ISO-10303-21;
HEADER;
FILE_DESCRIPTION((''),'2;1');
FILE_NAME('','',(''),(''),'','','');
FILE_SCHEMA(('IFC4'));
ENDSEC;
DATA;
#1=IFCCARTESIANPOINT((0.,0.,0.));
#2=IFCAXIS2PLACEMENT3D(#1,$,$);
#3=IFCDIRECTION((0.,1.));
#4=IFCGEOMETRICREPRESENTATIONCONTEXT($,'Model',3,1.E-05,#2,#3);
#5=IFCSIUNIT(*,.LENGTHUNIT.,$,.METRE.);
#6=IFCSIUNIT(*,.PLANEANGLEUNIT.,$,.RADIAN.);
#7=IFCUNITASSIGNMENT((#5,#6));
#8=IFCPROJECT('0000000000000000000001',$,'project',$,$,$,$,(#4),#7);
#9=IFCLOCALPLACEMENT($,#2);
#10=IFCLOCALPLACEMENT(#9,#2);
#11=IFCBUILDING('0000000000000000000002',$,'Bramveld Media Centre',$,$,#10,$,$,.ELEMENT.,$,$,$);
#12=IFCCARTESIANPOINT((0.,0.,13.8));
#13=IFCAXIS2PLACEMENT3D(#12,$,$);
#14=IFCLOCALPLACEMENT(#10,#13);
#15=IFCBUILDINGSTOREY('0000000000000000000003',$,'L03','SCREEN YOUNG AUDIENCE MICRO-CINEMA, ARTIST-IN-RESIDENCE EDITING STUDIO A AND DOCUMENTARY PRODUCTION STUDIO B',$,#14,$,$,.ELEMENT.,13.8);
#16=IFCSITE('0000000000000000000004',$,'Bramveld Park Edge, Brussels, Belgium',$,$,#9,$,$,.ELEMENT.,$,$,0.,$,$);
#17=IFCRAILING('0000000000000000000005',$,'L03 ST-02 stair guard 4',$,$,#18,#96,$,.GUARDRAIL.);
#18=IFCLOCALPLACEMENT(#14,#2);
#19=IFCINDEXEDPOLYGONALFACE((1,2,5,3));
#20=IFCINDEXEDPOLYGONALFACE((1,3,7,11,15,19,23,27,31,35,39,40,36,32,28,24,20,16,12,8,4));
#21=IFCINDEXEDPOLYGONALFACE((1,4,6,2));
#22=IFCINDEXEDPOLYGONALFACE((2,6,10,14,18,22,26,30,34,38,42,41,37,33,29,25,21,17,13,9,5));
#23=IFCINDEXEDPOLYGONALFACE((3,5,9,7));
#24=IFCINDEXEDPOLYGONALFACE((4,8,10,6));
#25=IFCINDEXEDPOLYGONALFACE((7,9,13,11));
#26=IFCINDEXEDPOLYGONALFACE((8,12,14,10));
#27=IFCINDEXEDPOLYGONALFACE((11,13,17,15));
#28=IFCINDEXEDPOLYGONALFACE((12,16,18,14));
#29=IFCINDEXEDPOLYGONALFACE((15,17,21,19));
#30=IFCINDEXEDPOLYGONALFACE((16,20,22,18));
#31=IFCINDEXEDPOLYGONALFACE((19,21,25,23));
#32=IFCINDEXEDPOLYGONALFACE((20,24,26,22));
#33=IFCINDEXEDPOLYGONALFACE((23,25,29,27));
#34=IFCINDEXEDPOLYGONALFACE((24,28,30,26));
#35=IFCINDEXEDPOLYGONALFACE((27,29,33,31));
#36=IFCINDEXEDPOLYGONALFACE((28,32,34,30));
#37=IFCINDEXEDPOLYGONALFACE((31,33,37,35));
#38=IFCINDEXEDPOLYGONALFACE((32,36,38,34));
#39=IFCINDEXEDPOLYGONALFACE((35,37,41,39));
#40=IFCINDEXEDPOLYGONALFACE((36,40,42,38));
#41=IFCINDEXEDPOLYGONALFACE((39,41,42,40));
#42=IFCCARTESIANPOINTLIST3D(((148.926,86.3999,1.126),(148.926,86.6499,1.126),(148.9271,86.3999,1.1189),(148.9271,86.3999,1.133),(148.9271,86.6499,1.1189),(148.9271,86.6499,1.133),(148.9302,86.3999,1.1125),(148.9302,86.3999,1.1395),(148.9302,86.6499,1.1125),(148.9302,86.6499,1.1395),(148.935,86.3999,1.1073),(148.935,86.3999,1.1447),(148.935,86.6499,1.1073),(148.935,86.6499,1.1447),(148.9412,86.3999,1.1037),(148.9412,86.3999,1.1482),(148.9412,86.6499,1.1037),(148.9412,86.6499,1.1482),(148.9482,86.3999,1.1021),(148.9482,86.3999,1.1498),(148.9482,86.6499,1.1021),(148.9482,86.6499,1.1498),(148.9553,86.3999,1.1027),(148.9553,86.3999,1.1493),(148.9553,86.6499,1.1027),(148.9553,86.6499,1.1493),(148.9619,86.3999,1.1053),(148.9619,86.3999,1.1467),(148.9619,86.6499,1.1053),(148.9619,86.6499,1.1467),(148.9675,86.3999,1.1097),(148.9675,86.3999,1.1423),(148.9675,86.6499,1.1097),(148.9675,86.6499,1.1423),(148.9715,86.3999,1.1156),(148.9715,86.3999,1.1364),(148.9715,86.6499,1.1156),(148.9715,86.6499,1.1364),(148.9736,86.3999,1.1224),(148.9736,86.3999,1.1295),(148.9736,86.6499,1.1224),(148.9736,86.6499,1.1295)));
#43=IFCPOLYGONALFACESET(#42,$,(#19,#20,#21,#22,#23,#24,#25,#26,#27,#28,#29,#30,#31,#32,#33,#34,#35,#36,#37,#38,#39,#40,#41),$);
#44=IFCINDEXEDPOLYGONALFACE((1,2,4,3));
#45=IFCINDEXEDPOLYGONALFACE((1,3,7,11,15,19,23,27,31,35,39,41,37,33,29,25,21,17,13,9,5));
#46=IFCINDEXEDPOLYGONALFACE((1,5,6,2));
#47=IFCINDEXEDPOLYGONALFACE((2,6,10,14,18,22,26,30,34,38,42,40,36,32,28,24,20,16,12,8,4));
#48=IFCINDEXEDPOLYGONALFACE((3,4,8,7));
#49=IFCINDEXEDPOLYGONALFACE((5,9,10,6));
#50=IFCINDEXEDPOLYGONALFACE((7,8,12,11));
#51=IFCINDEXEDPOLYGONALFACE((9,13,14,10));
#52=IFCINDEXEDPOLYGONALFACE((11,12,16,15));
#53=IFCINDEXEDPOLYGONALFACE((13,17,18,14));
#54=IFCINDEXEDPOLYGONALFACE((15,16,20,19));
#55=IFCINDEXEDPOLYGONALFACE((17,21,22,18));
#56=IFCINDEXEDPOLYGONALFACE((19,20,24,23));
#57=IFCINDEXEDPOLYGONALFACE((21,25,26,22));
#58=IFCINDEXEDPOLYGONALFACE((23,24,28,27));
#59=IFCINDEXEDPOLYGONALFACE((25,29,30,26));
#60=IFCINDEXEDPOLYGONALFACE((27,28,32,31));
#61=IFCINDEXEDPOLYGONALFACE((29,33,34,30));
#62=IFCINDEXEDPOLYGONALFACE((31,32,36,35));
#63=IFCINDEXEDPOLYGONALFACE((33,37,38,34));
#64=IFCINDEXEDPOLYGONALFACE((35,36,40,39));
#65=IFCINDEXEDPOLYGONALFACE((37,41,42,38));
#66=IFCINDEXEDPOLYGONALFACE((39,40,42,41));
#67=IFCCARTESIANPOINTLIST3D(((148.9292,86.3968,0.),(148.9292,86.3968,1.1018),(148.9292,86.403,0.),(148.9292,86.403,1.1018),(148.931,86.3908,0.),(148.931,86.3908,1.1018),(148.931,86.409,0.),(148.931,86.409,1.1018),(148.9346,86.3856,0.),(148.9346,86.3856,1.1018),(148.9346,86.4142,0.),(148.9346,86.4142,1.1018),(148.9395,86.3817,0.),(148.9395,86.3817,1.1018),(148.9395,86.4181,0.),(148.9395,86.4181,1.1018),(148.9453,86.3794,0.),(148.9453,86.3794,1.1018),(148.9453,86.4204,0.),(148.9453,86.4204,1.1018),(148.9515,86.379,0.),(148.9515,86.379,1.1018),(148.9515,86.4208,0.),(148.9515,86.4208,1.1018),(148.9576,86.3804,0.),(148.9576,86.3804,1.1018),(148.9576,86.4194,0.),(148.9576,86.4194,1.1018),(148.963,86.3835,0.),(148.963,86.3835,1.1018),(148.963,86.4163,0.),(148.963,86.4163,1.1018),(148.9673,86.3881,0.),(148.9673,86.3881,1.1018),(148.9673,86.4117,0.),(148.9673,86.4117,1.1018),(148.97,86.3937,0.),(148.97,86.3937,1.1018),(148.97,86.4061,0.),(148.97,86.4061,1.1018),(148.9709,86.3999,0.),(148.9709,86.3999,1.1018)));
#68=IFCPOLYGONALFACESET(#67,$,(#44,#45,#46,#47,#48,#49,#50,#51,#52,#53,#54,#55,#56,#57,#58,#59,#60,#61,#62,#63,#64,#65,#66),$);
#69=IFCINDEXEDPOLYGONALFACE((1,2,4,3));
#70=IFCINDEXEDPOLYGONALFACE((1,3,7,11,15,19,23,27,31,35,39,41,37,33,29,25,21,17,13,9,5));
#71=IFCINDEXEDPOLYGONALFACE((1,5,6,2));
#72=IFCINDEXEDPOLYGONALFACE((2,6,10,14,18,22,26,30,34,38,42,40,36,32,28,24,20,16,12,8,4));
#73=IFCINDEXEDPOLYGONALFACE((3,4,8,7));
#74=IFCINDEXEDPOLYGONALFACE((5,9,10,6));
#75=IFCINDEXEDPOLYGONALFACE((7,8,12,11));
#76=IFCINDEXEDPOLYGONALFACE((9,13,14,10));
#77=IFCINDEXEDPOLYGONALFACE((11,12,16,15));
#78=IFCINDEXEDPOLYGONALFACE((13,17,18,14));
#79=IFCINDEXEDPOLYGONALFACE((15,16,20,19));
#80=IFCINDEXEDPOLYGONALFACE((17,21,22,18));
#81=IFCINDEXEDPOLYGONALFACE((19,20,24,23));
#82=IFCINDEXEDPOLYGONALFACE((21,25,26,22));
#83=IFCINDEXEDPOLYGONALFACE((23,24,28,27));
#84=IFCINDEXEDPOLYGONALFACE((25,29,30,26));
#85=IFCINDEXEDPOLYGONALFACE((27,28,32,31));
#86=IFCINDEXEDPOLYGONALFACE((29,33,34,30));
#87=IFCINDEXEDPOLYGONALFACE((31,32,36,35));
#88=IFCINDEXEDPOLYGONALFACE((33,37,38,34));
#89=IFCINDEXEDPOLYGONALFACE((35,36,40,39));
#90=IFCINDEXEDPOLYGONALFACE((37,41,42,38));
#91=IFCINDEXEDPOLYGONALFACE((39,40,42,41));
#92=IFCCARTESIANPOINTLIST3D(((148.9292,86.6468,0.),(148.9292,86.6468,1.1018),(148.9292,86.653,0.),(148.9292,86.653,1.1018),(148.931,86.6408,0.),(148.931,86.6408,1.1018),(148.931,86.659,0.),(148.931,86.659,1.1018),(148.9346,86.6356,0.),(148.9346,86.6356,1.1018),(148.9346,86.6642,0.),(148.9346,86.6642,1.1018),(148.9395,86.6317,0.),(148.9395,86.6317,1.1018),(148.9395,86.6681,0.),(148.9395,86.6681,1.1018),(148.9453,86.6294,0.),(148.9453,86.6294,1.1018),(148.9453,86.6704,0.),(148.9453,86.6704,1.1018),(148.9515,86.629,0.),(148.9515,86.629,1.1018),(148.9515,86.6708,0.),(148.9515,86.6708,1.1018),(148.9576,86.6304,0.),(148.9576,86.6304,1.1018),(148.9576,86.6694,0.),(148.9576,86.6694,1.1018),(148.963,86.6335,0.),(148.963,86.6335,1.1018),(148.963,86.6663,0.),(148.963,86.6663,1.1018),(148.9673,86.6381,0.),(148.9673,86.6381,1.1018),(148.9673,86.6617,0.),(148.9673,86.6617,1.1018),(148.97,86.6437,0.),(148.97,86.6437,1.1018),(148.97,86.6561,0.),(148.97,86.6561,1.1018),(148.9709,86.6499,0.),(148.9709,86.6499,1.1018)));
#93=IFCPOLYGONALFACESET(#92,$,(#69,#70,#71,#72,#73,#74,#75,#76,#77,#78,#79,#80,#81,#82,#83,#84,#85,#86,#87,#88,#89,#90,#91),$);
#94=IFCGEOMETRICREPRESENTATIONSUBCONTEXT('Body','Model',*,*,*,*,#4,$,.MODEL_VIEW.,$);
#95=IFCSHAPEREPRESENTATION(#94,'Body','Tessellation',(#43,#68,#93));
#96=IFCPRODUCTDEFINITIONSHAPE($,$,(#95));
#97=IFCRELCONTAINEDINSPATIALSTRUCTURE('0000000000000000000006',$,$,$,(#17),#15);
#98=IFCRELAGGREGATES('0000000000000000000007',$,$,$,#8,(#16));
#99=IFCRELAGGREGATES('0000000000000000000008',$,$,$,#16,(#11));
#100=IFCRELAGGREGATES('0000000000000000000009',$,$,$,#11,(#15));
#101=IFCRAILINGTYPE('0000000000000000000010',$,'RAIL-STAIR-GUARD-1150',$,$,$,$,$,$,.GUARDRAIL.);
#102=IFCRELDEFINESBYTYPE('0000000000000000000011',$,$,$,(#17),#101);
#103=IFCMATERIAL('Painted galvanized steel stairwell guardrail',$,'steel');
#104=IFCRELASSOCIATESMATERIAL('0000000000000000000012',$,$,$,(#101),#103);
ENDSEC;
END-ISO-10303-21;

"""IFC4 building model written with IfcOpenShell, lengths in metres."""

from ifc_helpers import new_model, si_unit, direction, frame, origin, origin_2d, place, context, subcontext, project, spatial, circle, extrude, material, type_object, element, save


model = new_model("IFC4")

# Units and contexts
model_context = context("Model", 3, precision=1e-05, world=origin(), true_north=direction((0.0, 1.0)))
body_context = subcontext(model_context, "Body", "Model", "MODEL_VIEW")
ifc_project = project(units=[si_unit("LENGTHUNIT", "METRE"), si_unit("PLANEANGLEUNIT", "RADIAN")], contexts=[model_context])

# Site, building, storey
site_placement = place(None, origin())
site = spatial("IfcSite", under=ifc_project, at=site_placement, Name="Bramveld Park Edge, Brussels, Belgium", CompositionType="ELEMENT", RefElevation=0.0)
building_placement = place(site_placement, origin())
building = spatial("IfcBuilding", under=site, at=building_placement, Name="Bramveld Media Centre", CompositionType="ELEMENT")
storey_placement = place(building_placement, frame((0.0, 0.0, 13.8)))
storey = spatial("IfcBuildingStorey", under=building, at=storey_placement, Name="L03", Description="SCREEN YOUNG AUDIENCE MICRO-CINEMA, ARTIST-IN-RESIDENCE EDITING STUDIO A AND DOCUMENTARY PRODUCTION STUDIO B", CompositionType="ELEMENT", Elevation=13.8)

# Railing
ifc_material_1 = material(Name="Painted galvanized steel stairwell guardrail", Category="steel")
railing_type = type_object("IfcRailingType", Name="RAIL-STAIR-GUARD-1150", PredefinedType="GUARDRAIL", material=ifc_material_1)
railing_placement = place(storey_placement, frame((148.95, 86.3999, 0.0)))
element("IfcRailing", 1, at=railing_placement, inside=storey, type_object=railing_type, Name="L03 ST-02 stair guard 4", PredefinedType="GUARDRAIL", context=body_context, shape_type="SweptSolid", body=[
    extrude(circle(Radius=0.0239, at=origin_2d()), frame((0.0, 0.0, 1.126), z_axis=(0.0, 1.0, 0.0), x_axis=(-1.0, 0.0, 0.0)), (0.0, 0.0, 1.0), 0.25),
    extrude(circle(Radius=0.021, at=origin_2d()), origin(), (0.0, 0.0, 1.0), 1.1018),
    extrude(circle(Radius=0.021, at=origin_2d()), frame((0.0, 0.25, 0.0)), (0.0, 0.0, 1.0), 1.1018),
])

save(model, "model.ifc")
